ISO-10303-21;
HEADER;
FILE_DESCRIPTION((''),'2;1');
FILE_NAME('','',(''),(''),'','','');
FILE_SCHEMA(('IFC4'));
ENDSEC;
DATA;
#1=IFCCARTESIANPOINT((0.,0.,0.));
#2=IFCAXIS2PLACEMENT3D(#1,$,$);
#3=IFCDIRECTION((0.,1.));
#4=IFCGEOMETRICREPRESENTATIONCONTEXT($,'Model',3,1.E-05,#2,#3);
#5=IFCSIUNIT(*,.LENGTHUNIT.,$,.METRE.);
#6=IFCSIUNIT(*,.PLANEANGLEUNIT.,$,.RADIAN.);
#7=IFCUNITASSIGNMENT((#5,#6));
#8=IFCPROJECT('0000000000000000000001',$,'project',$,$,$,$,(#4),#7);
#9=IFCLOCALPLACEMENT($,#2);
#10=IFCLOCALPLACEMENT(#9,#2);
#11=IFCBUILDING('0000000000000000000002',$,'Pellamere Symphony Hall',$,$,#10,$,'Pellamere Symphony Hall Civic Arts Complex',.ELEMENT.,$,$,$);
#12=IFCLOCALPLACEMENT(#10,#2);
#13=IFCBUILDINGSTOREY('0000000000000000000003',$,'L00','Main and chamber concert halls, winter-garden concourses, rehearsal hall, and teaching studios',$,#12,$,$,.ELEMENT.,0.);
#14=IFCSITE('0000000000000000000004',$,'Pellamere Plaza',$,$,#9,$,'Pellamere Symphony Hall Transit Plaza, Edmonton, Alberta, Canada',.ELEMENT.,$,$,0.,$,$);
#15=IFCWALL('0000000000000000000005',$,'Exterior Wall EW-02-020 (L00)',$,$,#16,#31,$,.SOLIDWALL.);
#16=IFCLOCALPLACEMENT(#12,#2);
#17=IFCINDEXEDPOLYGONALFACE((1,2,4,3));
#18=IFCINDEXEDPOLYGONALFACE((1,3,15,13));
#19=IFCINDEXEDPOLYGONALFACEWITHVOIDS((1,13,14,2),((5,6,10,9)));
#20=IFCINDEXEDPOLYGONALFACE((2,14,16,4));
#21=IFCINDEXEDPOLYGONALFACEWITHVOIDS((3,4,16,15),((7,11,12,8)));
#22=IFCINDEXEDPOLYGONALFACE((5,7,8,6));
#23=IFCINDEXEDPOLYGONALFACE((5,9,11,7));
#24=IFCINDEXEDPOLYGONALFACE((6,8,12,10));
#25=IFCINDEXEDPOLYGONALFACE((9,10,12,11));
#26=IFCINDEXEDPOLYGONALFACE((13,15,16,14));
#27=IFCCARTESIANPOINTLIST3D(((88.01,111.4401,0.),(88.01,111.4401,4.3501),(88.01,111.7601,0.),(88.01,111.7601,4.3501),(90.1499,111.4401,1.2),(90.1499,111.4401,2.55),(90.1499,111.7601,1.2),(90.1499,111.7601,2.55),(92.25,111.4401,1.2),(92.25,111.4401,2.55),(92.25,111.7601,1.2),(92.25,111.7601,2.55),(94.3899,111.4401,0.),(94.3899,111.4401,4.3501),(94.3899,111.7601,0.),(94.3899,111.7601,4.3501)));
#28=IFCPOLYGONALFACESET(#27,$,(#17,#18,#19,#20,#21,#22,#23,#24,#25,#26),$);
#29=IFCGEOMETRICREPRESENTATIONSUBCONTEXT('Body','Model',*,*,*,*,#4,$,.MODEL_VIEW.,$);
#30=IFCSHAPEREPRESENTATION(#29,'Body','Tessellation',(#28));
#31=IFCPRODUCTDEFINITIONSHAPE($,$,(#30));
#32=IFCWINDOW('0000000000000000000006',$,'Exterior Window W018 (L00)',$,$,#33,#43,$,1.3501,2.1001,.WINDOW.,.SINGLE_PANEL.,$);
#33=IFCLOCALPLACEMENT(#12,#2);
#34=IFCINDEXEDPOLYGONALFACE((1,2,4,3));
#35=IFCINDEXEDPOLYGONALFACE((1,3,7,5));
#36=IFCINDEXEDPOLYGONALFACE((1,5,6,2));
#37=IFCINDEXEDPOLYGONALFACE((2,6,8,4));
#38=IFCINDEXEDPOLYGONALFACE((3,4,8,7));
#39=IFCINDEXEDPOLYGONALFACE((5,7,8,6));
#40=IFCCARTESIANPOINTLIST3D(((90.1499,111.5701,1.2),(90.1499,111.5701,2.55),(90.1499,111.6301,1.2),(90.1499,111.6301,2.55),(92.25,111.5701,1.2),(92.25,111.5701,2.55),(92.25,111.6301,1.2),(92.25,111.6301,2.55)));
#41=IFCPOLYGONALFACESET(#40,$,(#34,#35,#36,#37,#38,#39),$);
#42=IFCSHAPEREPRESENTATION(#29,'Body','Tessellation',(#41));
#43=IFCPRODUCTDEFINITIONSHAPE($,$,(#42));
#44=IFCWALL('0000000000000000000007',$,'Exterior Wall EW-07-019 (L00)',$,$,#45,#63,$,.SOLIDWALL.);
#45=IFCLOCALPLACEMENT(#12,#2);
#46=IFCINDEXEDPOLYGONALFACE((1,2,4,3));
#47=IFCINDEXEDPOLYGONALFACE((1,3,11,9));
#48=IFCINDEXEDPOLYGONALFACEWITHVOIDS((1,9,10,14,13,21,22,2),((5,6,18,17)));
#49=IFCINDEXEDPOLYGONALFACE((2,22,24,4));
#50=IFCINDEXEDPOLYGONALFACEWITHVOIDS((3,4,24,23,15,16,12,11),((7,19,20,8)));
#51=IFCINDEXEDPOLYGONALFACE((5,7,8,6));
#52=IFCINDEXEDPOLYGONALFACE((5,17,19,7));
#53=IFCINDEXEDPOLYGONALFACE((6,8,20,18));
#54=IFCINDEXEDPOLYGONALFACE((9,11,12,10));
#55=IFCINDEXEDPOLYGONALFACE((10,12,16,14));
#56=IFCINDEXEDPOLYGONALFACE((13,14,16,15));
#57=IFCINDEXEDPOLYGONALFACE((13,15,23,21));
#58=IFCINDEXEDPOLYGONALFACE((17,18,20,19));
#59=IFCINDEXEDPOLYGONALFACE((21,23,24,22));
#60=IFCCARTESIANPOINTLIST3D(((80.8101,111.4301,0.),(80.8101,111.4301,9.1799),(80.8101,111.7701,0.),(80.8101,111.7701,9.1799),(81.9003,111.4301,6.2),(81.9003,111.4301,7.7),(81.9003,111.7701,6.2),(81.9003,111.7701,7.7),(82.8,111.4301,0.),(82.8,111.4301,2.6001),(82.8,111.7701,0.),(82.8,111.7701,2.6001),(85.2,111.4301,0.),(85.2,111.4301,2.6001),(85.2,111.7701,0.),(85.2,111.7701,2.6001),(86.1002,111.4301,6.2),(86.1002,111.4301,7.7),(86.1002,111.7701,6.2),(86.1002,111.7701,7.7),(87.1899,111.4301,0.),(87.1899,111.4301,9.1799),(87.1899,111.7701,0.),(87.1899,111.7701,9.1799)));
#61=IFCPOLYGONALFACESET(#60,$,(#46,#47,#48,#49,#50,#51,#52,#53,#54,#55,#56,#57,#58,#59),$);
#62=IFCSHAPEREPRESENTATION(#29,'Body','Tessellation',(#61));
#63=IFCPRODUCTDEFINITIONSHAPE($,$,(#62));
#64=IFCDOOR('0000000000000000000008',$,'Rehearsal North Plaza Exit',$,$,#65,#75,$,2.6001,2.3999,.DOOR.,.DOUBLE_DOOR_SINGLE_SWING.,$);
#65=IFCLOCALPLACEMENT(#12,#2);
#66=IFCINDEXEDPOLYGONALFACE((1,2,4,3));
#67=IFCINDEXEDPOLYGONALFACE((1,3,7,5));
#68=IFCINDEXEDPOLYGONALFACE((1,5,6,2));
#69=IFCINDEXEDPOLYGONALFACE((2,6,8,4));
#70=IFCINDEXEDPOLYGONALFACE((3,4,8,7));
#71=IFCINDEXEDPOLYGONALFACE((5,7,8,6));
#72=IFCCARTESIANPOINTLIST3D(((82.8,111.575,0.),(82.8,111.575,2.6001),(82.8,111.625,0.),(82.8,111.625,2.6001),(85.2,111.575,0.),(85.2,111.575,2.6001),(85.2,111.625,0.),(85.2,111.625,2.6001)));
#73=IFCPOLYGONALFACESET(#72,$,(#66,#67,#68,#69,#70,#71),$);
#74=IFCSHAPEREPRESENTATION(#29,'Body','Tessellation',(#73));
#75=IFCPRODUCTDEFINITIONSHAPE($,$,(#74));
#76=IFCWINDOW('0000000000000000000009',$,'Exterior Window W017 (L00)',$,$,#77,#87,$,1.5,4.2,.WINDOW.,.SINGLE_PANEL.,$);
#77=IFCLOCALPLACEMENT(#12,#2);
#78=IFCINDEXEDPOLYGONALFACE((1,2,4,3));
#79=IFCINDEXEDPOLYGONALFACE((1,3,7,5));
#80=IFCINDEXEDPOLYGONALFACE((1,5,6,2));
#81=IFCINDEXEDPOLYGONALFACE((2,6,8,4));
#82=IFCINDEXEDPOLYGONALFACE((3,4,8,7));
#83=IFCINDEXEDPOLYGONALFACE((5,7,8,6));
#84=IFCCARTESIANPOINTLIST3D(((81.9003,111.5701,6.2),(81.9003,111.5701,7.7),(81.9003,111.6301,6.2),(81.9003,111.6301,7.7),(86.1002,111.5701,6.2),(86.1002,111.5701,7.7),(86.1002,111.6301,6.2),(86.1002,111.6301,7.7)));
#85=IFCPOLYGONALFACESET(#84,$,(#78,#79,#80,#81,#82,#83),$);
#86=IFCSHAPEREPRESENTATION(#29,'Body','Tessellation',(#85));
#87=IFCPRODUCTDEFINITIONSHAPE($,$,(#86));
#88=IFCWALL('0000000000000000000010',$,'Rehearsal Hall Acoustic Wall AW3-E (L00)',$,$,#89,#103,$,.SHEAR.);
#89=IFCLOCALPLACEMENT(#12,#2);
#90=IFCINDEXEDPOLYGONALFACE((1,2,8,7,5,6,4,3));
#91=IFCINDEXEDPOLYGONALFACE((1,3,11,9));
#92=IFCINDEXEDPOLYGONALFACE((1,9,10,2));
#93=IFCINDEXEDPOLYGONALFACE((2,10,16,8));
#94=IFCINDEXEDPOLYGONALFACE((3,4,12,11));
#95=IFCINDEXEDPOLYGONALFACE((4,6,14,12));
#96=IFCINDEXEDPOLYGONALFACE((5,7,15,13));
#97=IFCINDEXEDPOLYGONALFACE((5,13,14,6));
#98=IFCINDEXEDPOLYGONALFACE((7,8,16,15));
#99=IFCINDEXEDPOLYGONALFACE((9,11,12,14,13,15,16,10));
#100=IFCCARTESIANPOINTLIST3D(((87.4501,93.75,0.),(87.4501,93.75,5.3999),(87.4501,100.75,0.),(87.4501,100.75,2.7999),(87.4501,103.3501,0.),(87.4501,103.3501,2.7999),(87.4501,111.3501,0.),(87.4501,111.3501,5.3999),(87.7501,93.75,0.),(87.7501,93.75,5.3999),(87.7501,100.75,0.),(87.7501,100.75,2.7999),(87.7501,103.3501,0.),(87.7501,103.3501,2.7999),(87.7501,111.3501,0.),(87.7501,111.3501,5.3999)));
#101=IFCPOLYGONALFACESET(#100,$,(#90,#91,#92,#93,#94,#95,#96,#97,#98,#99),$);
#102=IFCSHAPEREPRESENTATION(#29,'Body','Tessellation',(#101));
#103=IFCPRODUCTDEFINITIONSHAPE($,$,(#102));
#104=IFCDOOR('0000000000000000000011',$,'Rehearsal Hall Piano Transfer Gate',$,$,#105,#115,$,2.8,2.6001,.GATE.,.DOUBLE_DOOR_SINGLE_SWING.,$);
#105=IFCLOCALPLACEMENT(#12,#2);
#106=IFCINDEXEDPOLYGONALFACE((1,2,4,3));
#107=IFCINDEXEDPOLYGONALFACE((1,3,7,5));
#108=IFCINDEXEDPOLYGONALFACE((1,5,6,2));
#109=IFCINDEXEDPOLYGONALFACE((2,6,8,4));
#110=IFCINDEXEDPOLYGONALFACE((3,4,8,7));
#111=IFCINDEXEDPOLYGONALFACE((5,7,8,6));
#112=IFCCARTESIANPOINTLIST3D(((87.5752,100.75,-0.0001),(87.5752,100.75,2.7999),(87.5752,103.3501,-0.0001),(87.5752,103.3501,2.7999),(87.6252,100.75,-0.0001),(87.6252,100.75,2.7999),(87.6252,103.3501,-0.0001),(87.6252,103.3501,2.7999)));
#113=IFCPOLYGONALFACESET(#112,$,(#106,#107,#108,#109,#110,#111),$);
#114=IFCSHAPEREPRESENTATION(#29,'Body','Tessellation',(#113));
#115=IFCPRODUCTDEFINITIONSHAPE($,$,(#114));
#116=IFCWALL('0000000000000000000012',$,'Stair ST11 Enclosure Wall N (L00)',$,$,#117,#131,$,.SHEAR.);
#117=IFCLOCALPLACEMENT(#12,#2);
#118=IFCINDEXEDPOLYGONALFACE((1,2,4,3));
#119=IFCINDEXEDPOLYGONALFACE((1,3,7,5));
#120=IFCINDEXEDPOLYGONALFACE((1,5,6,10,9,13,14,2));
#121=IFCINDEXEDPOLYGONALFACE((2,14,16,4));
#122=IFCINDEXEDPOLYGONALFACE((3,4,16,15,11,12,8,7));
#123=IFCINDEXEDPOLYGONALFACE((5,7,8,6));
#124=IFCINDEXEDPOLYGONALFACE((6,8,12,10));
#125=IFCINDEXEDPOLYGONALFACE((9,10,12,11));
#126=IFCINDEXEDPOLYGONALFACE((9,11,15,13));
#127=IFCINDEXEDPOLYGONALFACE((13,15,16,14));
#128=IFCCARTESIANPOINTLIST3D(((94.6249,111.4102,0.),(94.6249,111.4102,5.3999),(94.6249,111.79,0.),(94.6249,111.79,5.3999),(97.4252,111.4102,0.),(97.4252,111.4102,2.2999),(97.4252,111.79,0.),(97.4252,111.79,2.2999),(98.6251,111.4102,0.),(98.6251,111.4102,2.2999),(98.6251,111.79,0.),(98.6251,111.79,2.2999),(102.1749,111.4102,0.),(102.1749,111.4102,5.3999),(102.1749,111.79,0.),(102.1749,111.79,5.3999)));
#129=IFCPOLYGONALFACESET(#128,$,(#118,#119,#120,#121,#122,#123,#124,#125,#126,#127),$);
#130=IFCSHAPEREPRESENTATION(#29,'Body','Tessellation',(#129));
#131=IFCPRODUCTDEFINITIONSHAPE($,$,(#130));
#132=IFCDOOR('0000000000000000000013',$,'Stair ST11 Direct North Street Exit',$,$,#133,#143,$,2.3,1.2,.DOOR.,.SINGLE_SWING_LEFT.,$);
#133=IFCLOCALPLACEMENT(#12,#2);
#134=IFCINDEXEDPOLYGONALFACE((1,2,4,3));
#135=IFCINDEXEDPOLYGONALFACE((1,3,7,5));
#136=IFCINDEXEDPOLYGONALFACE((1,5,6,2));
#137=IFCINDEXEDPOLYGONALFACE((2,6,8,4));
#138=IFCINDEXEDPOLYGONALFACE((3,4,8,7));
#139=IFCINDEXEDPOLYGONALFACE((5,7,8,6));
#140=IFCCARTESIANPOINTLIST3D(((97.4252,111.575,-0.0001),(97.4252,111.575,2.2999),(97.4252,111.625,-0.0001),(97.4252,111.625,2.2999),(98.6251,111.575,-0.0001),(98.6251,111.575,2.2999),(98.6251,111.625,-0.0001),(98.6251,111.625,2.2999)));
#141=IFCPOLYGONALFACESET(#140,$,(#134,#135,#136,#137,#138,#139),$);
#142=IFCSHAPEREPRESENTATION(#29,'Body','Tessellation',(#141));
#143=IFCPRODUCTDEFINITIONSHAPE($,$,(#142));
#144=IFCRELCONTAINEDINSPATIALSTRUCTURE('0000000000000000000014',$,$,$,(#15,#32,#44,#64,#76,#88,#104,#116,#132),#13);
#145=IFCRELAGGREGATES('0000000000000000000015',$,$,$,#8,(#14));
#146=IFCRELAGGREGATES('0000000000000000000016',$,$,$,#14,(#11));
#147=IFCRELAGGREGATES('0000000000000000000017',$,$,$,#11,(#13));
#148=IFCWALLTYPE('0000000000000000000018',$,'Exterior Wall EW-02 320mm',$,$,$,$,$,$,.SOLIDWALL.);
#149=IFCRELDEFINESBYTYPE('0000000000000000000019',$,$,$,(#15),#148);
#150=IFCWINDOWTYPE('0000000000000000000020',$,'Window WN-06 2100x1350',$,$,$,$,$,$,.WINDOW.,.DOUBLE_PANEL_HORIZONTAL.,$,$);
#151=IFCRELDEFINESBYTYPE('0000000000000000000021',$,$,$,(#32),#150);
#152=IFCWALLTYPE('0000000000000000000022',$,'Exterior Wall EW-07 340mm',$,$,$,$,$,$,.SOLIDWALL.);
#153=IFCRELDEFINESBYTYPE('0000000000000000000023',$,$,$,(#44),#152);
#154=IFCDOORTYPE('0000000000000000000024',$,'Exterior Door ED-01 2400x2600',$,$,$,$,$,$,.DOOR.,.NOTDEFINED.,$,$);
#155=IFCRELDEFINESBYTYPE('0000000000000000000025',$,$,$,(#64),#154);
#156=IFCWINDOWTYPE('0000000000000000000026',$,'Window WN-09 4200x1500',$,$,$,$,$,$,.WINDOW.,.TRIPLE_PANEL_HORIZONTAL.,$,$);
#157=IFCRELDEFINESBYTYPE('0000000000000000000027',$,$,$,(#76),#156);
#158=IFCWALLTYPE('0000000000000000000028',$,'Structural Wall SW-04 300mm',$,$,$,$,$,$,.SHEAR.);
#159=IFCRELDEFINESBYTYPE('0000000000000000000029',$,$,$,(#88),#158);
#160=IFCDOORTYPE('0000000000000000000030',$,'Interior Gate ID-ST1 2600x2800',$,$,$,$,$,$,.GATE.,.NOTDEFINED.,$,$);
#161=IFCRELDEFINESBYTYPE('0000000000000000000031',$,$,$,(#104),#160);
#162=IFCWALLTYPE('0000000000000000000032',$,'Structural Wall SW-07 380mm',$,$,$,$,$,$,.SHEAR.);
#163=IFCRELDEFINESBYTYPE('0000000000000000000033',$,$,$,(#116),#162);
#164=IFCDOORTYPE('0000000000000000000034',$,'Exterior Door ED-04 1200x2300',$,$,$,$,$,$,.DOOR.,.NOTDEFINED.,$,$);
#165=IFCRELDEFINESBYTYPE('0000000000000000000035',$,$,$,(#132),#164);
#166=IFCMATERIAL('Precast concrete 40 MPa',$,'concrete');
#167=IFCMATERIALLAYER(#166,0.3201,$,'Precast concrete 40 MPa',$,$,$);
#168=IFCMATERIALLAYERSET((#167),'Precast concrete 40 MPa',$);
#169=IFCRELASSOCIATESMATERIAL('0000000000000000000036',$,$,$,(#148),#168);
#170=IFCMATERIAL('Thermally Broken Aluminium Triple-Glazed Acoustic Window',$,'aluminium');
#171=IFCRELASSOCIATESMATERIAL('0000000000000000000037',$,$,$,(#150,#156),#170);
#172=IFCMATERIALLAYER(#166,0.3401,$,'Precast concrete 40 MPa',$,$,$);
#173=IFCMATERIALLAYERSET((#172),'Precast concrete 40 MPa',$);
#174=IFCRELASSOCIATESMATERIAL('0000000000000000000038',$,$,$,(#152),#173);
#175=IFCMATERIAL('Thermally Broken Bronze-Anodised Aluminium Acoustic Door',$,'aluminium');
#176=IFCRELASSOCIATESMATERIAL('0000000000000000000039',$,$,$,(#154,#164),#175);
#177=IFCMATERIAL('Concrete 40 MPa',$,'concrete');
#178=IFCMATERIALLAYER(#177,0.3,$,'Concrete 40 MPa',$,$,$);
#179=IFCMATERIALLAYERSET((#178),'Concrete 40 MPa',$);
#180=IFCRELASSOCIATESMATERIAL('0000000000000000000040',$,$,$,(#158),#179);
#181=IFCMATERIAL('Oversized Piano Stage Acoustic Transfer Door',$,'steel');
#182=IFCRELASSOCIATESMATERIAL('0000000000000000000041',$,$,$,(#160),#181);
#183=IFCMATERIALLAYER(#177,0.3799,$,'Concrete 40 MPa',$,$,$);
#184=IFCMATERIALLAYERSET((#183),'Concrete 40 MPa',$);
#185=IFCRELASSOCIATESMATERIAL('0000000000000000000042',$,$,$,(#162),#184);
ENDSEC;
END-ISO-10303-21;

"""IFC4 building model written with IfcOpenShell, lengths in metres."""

from ifc_helpers import new_model, si_unit, direction, frame, frame_2d, origin, place, context, subcontext, project, spatial, rectangle, extrude, material, layer, layer_set, type_object, element, fill, save


model = new_model("IFC4")

# Units and contexts
model_context = context("Model", 3, precision=1e-05, world=origin(), true_north=direction((0.0, 1.0)))
body_context = subcontext(model_context, "Body", "Model", "MODEL_VIEW")
ifc_project = project(units=[si_unit("LENGTHUNIT", "METRE"), si_unit("PLANEANGLEUNIT", "RADIAN")], contexts=[model_context])

# Site, building, storey
site_placement = place(None, origin())
site = spatial("IfcSite", under=ifc_project, at=site_placement, Name="Pellamere Plaza", LongName="Pellamere Symphony Hall Transit Plaza, Edmonton, Alberta, Canada", CompositionType="ELEMENT", RefElevation=0.0)
building_placement = place(site_placement, origin())
building = spatial("IfcBuilding", under=site, at=building_placement, Name="Pellamere Symphony Hall", LongName="Pellamere Symphony Hall Civic Arts Complex", CompositionType="ELEMENT")
storey_placement = place(building_placement, origin())
storey = spatial("IfcBuildingStorey", under=building, at=storey_placement, Name="L00", Description="Main and chamber concert halls, winter-garden concourses, rehearsal hall, and teaching studios", CompositionType="ELEMENT", Elevation=0.0)

# Shared definitions
ifc_material_1 = material(Name="Concrete 40 MPa", Category="concrete")

# Wall, opening, window
ifc_material_2 = material(Name="Precast concrete 40 MPa", Category="concrete")
ifc_layer_1 = layer(ifc_material_2, 0.3201, Name="Precast concrete 40 MPa")
ifc_layer_set_1 = layer_set([ifc_layer_1], Name="Precast concrete 40 MPa")
wall_type_1 = type_object("IfcWallType", Name="Exterior Wall EW-02 320mm", PredefinedType="SOLIDWALL", material=ifc_layer_set_1)
wall_1_placement = place(storey_placement, frame((88.01, 111.6001, 0.0), z_axis=(0.0, 0.0, 1.0), x_axis=(1.0, 0.0, 0.0)))
wall_1 = element("IfcWall", 1, at=wall_1_placement, inside=storey, type_object=wall_type_1, Name="Exterior Wall EW-02-020 (L00)", PredefinedType="SOLIDWALL", context=body_context, shape_type="SweptSolid", body=[
    extrude(rectangle(XDim=6.3799, YDim=0.3201, at=frame_2d((3.1899, 0.0))), origin(), (0.0, 0.0, 1.0), 4.3501),
])
opening_1_placement = place(wall_1_placement, frame((2.1399, 0.0, 1.2)))
opening_1 = element("IfcOpeningElement", 2, at=opening_1_placement, cuts=wall_1, PredefinedType="OPENING", context=body_context, shape_type="SweptSolid", body=[
    extrude(rectangle(XDim=2.1001, YDim=1.3501, at=frame_2d((1.05, 0.675))), frame((0.0, 0.1699, 0.0), z_axis=(0.0, -1.0, 0.0), x_axis=(1.0, 0.0, 0.0)), (0.0, 0.0, 1.0), 0.3401),
])
ifc_material_3 = material(Name="Thermally Broken Aluminium Triple-Glazed Acoustic Window", Category="aluminium")
window_type_1 = type_object("IfcWindowType", Name="Window WN-06 2100x1350", PartitioningType="DOUBLE_PANEL_HORIZONTAL", PredefinedType="WINDOW", material=ifc_material_3)
window_1_placement = place(opening_1_placement, origin())
window_1 = element("IfcWindow", 3, at=window_1_placement, inside=storey, type_object=window_type_1, Name="Exterior Window W018 (L00)", OverallHeight=1.3501, OverallWidth=2.1001, PartitioningType="SINGLE_PANEL", PredefinedType="WINDOW", context=body_context, shape_type="SweptSolid", body=[
    extrude(rectangle(XDim=2.1001, YDim=1.3501, at=frame_2d((1.05, 0.675))), frame((0.0, 0.03, 0.0), z_axis=(0.0, -1.0, 0.0), x_axis=(1.0, 0.0, 0.0)), (0.0, 0.0, 1.0), 0.0601),
])
fill(opening_1, window_1)

# Wall, openings, door, window
ifc_layer_2 = layer(ifc_material_2, 0.3401, Name="Precast concrete 40 MPa")
ifc_layer_set_2 = layer_set([ifc_layer_2], Name="Precast concrete 40 MPa")
wall_type_2 = type_object("IfcWallType", Name="Exterior Wall EW-07 340mm", PredefinedType="SOLIDWALL", material=ifc_layer_set_2)
wall_2_placement = place(storey_placement, frame((80.8101, 111.6001, 0.0), z_axis=(0.0, 0.0, 1.0), x_axis=(1.0, 0.0, 0.0)))
wall_2 = element("IfcWall", 4, at=wall_2_placement, inside=storey, type_object=wall_type_2, Name="Exterior Wall EW-07-019 (L00)", PredefinedType="SOLIDWALL", context=body_context, shape_type="SweptSolid", body=[
    extrude(rectangle(XDim=6.3799, YDim=0.3401, at=frame_2d((3.1899, 0.0))), origin(), (0.0, 0.0, 1.0), 9.1799),
])
opening_2_placement = place(wall_2_placement, frame((1.0901, 0.0, 6.2)))
opening_2 = element("IfcOpeningElement", 5, at=opening_2_placement, cuts=wall_2, PredefinedType="OPENING", context=body_context, shape_type="SweptSolid", body=[
    extrude(rectangle(XDim=4.2, YDim=1.5, at=frame_2d((2.1001, 0.75))), frame((0.0, 0.1799, 0.0), z_axis=(0.0, -1.0, 0.0), x_axis=(1.0, 0.0, 0.0)), (0.0, 0.0, 1.0), 0.3601),
])
opening_3_placement = place(wall_2_placement, frame((1.99, 0.0, 0.0)))
opening_3 = element("IfcOpeningElement", 6, at=opening_3_placement, cuts=wall_2, PredefinedType="OPENING", context=body_context, shape_type="SweptSolid", body=[
    extrude(rectangle(XDim=2.3999, YDim=2.6001, at=frame_2d((1.2, 1.3))), frame((0.0, 0.1799, 0.0), z_axis=(0.0, -1.0, 0.0), x_axis=(1.0, 0.0, 0.0)), (0.0, 0.0, 1.0), 0.3601),
])
ifc_material_4 = material(Name="Thermally Broken Bronze-Anodised Aluminium Acoustic Door", Category="aluminium")
door_type_1 = type_object("IfcDoorType", Name="Exterior Door ED-01 2400x2600", OperationType="NOTDEFINED", PredefinedType="DOOR", material=ifc_material_4)
door_1_placement = place(opening_3_placement, origin())
door_1 = element("IfcDoor", 7, at=door_1_placement, inside=storey, type_object=door_type_1, Name="Rehearsal North Plaza Exit", OperationType="DOUBLE_DOOR_SINGLE_SWING", OverallHeight=2.6001, OverallWidth=2.3999, PredefinedType="DOOR", context=body_context, shape_type="SweptSolid", body=[
    extrude(rectangle(XDim=2.3999, YDim=2.6001, at=frame_2d((1.2, 1.3))), frame((0.0, 0.0249, 0.0), z_axis=(0.0, -1.0, 0.0), x_axis=(1.0, 0.0, 0.0)), (0.0, 0.0, 1.0), 0.05),
])
fill(opening_3, door_1)
window_type_2 = type_object("IfcWindowType", Name="Window WN-09 4200x1500", PartitioningType="TRIPLE_PANEL_HORIZONTAL", PredefinedType="WINDOW", material=ifc_material_3)
window_2_placement = place(opening_2_placement, origin())
window_2 = element("IfcWindow", 8, at=window_2_placement, inside=storey, type_object=window_type_2, Name="Exterior Window W017 (L00)", OverallHeight=1.5, OverallWidth=4.2, PartitioningType="SINGLE_PANEL", PredefinedType="WINDOW", context=body_context, shape_type="SweptSolid", body=[
    extrude(rectangle(XDim=4.2, YDim=1.5, at=frame_2d((2.1001, 0.75))), frame((0.0, 0.03, 0.0), z_axis=(0.0, -1.0, 0.0), x_axis=(1.0, 0.0, 0.0)), (0.0, 0.0, 1.0), 0.0601),
])
fill(opening_2, window_2)

# Walls, openings, doors
ifc_layer_3 = layer(ifc_material_1, 0.3, Name="Concrete 40 MPa")
ifc_layer_set_3 = layer_set([ifc_layer_3], Name="Concrete 40 MPa")
wall_type_3 = type_object("IfcWallType", Name="Structural Wall SW-04 300mm", PredefinedType="SHEAR", material=ifc_layer_set_3)
wall_3_placement = place(storey_placement, frame((87.6001, 93.75, 0.0), z_axis=(0.0, 0.0, 1.0), x_axis=(0.0, 1.0, 0.0)))
wall_3 = element("IfcWall", 9, at=wall_3_placement, inside=storey, type_object=wall_type_3, Name="Rehearsal Hall Acoustic Wall AW3-E (L00)", PredefinedType="SHEAR", context=body_context, shape_type="SweptSolid", body=[
    extrude(rectangle(XDim=17.6001, YDim=0.3, at=frame_2d((8.8, 0.0))), origin(), (0.0, 0.0, 1.0), 5.3999),
])
opening_4_placement = place(wall_3_placement, frame((7.0, 0.0, 0.0)))
opening_4 = element("IfcOpeningElement", 10, at=opening_4_placement, cuts=wall_3, PredefinedType="OPENING", context=body_context, shape_type="SweptSolid", body=[
    extrude(rectangle(XDim=2.6001, YDim=2.8, at=frame_2d((1.3, 1.3999))), frame((0.0, 0.1599, 0.0), z_axis=(0.0, -1.0, 0.0), x_axis=(1.0, 0.0, 0.0)), (0.0, 0.0, 1.0), 0.3201),
])
ifc_material_5 = material(Name="Oversized Piano Stage Acoustic Transfer Door", Category="steel")
door_type_2 = type_object("IfcDoorType", Name="Interior Gate ID-ST1 2600x2800", OperationType="NOTDEFINED", PredefinedType="GATE", material=ifc_material_5)
door_2_placement = place(opening_4_placement, origin())
door_2 = element("IfcDoor", 11, at=door_2_placement, inside=storey, type_object=door_type_2, Name="Rehearsal Hall Piano Transfer Gate", OperationType="DOUBLE_DOOR_SINGLE_SWING", OverallHeight=2.8, OverallWidth=2.6001, PredefinedType="GATE", context=body_context, shape_type="SweptSolid", body=[
    extrude(rectangle(XDim=2.6001, YDim=2.8, at=frame_2d((1.3, 1.3999))), frame((0.0, 0.0249, 0.0), z_axis=(0.0, -1.0, 0.0), x_axis=(1.0, 0.0, 0.0)), (0.0, 0.0, 1.0), 0.05),
])
fill(opening_4, door_2)
ifc_layer_4 = layer(ifc_material_1, 0.3799, Name="Concrete 40 MPa")
ifc_layer_set_4 = layer_set([ifc_layer_4], Name="Concrete 40 MPa")
wall_type_4 = type_object("IfcWallType", Name="Structural Wall SW-07 380mm", PredefinedType="SHEAR", material=ifc_layer_set_4)
wall_4_placement = place(storey_placement, frame((94.625, 111.6001, 0.0), z_axis=(0.0, 0.0, 1.0), x_axis=(1.0, 0.0, 0.0)))
wall_4 = element("IfcWall", 12, at=wall_4_placement, inside=storey, type_object=wall_type_4, Name="Stair ST11 Enclosure Wall N (L00)", PredefinedType="SHEAR", context=body_context, shape_type="SweptSolid", body=[
    extrude(rectangle(XDim=7.55, YDim=0.3799, at=frame_2d((3.7749, 0.0))), origin(), (0.0, 0.0, 1.0), 5.3999),
])
opening_5_placement = place(wall_4_placement, frame((2.8, 0.0, 0.0)))
opening_5 = element("IfcOpeningElement", 13, at=opening_5_placement, cuts=wall_4, PredefinedType="OPENING", context=body_context, shape_type="SweptSolid", body=[
    extrude(rectangle(XDim=1.2, YDim=2.3, at=frame_2d((0.6001, 1.1499))), frame((0.0, 0.2, 0.0), z_axis=(0.0, -1.0, 0.0), x_axis=(1.0, 0.0, 0.0)), (0.0, 0.0, 1.0), 0.3999),
])
door_type_3 = type_object("IfcDoorType", Name="Exterior Door ED-04 1200x2300", OperationType="NOTDEFINED", PredefinedType="DOOR", material=ifc_material_4)
door_3_placement = place(opening_5_placement, origin())
door_3 = element("IfcDoor", 14, at=door_3_placement, inside=storey, type_object=door_type_3, Name="Stair ST11 Direct North Street Exit", OperationType="SINGLE_SWING_LEFT", OverallHeight=2.3, OverallWidth=1.2, PredefinedType="DOOR", context=body_context, shape_type="SweptSolid", body=[
    extrude(rectangle(XDim=1.2, YDim=2.3, at=frame_2d((0.6001, 1.1499))), frame((0.0, 0.0249, 0.0), z_axis=(0.0, -1.0, 0.0), x_axis=(1.0, 0.0, 0.0)), (0.0, 0.0, 1.0), 0.05),
])
fill(opening_5, door_3)

save(model, "model.ifc")
